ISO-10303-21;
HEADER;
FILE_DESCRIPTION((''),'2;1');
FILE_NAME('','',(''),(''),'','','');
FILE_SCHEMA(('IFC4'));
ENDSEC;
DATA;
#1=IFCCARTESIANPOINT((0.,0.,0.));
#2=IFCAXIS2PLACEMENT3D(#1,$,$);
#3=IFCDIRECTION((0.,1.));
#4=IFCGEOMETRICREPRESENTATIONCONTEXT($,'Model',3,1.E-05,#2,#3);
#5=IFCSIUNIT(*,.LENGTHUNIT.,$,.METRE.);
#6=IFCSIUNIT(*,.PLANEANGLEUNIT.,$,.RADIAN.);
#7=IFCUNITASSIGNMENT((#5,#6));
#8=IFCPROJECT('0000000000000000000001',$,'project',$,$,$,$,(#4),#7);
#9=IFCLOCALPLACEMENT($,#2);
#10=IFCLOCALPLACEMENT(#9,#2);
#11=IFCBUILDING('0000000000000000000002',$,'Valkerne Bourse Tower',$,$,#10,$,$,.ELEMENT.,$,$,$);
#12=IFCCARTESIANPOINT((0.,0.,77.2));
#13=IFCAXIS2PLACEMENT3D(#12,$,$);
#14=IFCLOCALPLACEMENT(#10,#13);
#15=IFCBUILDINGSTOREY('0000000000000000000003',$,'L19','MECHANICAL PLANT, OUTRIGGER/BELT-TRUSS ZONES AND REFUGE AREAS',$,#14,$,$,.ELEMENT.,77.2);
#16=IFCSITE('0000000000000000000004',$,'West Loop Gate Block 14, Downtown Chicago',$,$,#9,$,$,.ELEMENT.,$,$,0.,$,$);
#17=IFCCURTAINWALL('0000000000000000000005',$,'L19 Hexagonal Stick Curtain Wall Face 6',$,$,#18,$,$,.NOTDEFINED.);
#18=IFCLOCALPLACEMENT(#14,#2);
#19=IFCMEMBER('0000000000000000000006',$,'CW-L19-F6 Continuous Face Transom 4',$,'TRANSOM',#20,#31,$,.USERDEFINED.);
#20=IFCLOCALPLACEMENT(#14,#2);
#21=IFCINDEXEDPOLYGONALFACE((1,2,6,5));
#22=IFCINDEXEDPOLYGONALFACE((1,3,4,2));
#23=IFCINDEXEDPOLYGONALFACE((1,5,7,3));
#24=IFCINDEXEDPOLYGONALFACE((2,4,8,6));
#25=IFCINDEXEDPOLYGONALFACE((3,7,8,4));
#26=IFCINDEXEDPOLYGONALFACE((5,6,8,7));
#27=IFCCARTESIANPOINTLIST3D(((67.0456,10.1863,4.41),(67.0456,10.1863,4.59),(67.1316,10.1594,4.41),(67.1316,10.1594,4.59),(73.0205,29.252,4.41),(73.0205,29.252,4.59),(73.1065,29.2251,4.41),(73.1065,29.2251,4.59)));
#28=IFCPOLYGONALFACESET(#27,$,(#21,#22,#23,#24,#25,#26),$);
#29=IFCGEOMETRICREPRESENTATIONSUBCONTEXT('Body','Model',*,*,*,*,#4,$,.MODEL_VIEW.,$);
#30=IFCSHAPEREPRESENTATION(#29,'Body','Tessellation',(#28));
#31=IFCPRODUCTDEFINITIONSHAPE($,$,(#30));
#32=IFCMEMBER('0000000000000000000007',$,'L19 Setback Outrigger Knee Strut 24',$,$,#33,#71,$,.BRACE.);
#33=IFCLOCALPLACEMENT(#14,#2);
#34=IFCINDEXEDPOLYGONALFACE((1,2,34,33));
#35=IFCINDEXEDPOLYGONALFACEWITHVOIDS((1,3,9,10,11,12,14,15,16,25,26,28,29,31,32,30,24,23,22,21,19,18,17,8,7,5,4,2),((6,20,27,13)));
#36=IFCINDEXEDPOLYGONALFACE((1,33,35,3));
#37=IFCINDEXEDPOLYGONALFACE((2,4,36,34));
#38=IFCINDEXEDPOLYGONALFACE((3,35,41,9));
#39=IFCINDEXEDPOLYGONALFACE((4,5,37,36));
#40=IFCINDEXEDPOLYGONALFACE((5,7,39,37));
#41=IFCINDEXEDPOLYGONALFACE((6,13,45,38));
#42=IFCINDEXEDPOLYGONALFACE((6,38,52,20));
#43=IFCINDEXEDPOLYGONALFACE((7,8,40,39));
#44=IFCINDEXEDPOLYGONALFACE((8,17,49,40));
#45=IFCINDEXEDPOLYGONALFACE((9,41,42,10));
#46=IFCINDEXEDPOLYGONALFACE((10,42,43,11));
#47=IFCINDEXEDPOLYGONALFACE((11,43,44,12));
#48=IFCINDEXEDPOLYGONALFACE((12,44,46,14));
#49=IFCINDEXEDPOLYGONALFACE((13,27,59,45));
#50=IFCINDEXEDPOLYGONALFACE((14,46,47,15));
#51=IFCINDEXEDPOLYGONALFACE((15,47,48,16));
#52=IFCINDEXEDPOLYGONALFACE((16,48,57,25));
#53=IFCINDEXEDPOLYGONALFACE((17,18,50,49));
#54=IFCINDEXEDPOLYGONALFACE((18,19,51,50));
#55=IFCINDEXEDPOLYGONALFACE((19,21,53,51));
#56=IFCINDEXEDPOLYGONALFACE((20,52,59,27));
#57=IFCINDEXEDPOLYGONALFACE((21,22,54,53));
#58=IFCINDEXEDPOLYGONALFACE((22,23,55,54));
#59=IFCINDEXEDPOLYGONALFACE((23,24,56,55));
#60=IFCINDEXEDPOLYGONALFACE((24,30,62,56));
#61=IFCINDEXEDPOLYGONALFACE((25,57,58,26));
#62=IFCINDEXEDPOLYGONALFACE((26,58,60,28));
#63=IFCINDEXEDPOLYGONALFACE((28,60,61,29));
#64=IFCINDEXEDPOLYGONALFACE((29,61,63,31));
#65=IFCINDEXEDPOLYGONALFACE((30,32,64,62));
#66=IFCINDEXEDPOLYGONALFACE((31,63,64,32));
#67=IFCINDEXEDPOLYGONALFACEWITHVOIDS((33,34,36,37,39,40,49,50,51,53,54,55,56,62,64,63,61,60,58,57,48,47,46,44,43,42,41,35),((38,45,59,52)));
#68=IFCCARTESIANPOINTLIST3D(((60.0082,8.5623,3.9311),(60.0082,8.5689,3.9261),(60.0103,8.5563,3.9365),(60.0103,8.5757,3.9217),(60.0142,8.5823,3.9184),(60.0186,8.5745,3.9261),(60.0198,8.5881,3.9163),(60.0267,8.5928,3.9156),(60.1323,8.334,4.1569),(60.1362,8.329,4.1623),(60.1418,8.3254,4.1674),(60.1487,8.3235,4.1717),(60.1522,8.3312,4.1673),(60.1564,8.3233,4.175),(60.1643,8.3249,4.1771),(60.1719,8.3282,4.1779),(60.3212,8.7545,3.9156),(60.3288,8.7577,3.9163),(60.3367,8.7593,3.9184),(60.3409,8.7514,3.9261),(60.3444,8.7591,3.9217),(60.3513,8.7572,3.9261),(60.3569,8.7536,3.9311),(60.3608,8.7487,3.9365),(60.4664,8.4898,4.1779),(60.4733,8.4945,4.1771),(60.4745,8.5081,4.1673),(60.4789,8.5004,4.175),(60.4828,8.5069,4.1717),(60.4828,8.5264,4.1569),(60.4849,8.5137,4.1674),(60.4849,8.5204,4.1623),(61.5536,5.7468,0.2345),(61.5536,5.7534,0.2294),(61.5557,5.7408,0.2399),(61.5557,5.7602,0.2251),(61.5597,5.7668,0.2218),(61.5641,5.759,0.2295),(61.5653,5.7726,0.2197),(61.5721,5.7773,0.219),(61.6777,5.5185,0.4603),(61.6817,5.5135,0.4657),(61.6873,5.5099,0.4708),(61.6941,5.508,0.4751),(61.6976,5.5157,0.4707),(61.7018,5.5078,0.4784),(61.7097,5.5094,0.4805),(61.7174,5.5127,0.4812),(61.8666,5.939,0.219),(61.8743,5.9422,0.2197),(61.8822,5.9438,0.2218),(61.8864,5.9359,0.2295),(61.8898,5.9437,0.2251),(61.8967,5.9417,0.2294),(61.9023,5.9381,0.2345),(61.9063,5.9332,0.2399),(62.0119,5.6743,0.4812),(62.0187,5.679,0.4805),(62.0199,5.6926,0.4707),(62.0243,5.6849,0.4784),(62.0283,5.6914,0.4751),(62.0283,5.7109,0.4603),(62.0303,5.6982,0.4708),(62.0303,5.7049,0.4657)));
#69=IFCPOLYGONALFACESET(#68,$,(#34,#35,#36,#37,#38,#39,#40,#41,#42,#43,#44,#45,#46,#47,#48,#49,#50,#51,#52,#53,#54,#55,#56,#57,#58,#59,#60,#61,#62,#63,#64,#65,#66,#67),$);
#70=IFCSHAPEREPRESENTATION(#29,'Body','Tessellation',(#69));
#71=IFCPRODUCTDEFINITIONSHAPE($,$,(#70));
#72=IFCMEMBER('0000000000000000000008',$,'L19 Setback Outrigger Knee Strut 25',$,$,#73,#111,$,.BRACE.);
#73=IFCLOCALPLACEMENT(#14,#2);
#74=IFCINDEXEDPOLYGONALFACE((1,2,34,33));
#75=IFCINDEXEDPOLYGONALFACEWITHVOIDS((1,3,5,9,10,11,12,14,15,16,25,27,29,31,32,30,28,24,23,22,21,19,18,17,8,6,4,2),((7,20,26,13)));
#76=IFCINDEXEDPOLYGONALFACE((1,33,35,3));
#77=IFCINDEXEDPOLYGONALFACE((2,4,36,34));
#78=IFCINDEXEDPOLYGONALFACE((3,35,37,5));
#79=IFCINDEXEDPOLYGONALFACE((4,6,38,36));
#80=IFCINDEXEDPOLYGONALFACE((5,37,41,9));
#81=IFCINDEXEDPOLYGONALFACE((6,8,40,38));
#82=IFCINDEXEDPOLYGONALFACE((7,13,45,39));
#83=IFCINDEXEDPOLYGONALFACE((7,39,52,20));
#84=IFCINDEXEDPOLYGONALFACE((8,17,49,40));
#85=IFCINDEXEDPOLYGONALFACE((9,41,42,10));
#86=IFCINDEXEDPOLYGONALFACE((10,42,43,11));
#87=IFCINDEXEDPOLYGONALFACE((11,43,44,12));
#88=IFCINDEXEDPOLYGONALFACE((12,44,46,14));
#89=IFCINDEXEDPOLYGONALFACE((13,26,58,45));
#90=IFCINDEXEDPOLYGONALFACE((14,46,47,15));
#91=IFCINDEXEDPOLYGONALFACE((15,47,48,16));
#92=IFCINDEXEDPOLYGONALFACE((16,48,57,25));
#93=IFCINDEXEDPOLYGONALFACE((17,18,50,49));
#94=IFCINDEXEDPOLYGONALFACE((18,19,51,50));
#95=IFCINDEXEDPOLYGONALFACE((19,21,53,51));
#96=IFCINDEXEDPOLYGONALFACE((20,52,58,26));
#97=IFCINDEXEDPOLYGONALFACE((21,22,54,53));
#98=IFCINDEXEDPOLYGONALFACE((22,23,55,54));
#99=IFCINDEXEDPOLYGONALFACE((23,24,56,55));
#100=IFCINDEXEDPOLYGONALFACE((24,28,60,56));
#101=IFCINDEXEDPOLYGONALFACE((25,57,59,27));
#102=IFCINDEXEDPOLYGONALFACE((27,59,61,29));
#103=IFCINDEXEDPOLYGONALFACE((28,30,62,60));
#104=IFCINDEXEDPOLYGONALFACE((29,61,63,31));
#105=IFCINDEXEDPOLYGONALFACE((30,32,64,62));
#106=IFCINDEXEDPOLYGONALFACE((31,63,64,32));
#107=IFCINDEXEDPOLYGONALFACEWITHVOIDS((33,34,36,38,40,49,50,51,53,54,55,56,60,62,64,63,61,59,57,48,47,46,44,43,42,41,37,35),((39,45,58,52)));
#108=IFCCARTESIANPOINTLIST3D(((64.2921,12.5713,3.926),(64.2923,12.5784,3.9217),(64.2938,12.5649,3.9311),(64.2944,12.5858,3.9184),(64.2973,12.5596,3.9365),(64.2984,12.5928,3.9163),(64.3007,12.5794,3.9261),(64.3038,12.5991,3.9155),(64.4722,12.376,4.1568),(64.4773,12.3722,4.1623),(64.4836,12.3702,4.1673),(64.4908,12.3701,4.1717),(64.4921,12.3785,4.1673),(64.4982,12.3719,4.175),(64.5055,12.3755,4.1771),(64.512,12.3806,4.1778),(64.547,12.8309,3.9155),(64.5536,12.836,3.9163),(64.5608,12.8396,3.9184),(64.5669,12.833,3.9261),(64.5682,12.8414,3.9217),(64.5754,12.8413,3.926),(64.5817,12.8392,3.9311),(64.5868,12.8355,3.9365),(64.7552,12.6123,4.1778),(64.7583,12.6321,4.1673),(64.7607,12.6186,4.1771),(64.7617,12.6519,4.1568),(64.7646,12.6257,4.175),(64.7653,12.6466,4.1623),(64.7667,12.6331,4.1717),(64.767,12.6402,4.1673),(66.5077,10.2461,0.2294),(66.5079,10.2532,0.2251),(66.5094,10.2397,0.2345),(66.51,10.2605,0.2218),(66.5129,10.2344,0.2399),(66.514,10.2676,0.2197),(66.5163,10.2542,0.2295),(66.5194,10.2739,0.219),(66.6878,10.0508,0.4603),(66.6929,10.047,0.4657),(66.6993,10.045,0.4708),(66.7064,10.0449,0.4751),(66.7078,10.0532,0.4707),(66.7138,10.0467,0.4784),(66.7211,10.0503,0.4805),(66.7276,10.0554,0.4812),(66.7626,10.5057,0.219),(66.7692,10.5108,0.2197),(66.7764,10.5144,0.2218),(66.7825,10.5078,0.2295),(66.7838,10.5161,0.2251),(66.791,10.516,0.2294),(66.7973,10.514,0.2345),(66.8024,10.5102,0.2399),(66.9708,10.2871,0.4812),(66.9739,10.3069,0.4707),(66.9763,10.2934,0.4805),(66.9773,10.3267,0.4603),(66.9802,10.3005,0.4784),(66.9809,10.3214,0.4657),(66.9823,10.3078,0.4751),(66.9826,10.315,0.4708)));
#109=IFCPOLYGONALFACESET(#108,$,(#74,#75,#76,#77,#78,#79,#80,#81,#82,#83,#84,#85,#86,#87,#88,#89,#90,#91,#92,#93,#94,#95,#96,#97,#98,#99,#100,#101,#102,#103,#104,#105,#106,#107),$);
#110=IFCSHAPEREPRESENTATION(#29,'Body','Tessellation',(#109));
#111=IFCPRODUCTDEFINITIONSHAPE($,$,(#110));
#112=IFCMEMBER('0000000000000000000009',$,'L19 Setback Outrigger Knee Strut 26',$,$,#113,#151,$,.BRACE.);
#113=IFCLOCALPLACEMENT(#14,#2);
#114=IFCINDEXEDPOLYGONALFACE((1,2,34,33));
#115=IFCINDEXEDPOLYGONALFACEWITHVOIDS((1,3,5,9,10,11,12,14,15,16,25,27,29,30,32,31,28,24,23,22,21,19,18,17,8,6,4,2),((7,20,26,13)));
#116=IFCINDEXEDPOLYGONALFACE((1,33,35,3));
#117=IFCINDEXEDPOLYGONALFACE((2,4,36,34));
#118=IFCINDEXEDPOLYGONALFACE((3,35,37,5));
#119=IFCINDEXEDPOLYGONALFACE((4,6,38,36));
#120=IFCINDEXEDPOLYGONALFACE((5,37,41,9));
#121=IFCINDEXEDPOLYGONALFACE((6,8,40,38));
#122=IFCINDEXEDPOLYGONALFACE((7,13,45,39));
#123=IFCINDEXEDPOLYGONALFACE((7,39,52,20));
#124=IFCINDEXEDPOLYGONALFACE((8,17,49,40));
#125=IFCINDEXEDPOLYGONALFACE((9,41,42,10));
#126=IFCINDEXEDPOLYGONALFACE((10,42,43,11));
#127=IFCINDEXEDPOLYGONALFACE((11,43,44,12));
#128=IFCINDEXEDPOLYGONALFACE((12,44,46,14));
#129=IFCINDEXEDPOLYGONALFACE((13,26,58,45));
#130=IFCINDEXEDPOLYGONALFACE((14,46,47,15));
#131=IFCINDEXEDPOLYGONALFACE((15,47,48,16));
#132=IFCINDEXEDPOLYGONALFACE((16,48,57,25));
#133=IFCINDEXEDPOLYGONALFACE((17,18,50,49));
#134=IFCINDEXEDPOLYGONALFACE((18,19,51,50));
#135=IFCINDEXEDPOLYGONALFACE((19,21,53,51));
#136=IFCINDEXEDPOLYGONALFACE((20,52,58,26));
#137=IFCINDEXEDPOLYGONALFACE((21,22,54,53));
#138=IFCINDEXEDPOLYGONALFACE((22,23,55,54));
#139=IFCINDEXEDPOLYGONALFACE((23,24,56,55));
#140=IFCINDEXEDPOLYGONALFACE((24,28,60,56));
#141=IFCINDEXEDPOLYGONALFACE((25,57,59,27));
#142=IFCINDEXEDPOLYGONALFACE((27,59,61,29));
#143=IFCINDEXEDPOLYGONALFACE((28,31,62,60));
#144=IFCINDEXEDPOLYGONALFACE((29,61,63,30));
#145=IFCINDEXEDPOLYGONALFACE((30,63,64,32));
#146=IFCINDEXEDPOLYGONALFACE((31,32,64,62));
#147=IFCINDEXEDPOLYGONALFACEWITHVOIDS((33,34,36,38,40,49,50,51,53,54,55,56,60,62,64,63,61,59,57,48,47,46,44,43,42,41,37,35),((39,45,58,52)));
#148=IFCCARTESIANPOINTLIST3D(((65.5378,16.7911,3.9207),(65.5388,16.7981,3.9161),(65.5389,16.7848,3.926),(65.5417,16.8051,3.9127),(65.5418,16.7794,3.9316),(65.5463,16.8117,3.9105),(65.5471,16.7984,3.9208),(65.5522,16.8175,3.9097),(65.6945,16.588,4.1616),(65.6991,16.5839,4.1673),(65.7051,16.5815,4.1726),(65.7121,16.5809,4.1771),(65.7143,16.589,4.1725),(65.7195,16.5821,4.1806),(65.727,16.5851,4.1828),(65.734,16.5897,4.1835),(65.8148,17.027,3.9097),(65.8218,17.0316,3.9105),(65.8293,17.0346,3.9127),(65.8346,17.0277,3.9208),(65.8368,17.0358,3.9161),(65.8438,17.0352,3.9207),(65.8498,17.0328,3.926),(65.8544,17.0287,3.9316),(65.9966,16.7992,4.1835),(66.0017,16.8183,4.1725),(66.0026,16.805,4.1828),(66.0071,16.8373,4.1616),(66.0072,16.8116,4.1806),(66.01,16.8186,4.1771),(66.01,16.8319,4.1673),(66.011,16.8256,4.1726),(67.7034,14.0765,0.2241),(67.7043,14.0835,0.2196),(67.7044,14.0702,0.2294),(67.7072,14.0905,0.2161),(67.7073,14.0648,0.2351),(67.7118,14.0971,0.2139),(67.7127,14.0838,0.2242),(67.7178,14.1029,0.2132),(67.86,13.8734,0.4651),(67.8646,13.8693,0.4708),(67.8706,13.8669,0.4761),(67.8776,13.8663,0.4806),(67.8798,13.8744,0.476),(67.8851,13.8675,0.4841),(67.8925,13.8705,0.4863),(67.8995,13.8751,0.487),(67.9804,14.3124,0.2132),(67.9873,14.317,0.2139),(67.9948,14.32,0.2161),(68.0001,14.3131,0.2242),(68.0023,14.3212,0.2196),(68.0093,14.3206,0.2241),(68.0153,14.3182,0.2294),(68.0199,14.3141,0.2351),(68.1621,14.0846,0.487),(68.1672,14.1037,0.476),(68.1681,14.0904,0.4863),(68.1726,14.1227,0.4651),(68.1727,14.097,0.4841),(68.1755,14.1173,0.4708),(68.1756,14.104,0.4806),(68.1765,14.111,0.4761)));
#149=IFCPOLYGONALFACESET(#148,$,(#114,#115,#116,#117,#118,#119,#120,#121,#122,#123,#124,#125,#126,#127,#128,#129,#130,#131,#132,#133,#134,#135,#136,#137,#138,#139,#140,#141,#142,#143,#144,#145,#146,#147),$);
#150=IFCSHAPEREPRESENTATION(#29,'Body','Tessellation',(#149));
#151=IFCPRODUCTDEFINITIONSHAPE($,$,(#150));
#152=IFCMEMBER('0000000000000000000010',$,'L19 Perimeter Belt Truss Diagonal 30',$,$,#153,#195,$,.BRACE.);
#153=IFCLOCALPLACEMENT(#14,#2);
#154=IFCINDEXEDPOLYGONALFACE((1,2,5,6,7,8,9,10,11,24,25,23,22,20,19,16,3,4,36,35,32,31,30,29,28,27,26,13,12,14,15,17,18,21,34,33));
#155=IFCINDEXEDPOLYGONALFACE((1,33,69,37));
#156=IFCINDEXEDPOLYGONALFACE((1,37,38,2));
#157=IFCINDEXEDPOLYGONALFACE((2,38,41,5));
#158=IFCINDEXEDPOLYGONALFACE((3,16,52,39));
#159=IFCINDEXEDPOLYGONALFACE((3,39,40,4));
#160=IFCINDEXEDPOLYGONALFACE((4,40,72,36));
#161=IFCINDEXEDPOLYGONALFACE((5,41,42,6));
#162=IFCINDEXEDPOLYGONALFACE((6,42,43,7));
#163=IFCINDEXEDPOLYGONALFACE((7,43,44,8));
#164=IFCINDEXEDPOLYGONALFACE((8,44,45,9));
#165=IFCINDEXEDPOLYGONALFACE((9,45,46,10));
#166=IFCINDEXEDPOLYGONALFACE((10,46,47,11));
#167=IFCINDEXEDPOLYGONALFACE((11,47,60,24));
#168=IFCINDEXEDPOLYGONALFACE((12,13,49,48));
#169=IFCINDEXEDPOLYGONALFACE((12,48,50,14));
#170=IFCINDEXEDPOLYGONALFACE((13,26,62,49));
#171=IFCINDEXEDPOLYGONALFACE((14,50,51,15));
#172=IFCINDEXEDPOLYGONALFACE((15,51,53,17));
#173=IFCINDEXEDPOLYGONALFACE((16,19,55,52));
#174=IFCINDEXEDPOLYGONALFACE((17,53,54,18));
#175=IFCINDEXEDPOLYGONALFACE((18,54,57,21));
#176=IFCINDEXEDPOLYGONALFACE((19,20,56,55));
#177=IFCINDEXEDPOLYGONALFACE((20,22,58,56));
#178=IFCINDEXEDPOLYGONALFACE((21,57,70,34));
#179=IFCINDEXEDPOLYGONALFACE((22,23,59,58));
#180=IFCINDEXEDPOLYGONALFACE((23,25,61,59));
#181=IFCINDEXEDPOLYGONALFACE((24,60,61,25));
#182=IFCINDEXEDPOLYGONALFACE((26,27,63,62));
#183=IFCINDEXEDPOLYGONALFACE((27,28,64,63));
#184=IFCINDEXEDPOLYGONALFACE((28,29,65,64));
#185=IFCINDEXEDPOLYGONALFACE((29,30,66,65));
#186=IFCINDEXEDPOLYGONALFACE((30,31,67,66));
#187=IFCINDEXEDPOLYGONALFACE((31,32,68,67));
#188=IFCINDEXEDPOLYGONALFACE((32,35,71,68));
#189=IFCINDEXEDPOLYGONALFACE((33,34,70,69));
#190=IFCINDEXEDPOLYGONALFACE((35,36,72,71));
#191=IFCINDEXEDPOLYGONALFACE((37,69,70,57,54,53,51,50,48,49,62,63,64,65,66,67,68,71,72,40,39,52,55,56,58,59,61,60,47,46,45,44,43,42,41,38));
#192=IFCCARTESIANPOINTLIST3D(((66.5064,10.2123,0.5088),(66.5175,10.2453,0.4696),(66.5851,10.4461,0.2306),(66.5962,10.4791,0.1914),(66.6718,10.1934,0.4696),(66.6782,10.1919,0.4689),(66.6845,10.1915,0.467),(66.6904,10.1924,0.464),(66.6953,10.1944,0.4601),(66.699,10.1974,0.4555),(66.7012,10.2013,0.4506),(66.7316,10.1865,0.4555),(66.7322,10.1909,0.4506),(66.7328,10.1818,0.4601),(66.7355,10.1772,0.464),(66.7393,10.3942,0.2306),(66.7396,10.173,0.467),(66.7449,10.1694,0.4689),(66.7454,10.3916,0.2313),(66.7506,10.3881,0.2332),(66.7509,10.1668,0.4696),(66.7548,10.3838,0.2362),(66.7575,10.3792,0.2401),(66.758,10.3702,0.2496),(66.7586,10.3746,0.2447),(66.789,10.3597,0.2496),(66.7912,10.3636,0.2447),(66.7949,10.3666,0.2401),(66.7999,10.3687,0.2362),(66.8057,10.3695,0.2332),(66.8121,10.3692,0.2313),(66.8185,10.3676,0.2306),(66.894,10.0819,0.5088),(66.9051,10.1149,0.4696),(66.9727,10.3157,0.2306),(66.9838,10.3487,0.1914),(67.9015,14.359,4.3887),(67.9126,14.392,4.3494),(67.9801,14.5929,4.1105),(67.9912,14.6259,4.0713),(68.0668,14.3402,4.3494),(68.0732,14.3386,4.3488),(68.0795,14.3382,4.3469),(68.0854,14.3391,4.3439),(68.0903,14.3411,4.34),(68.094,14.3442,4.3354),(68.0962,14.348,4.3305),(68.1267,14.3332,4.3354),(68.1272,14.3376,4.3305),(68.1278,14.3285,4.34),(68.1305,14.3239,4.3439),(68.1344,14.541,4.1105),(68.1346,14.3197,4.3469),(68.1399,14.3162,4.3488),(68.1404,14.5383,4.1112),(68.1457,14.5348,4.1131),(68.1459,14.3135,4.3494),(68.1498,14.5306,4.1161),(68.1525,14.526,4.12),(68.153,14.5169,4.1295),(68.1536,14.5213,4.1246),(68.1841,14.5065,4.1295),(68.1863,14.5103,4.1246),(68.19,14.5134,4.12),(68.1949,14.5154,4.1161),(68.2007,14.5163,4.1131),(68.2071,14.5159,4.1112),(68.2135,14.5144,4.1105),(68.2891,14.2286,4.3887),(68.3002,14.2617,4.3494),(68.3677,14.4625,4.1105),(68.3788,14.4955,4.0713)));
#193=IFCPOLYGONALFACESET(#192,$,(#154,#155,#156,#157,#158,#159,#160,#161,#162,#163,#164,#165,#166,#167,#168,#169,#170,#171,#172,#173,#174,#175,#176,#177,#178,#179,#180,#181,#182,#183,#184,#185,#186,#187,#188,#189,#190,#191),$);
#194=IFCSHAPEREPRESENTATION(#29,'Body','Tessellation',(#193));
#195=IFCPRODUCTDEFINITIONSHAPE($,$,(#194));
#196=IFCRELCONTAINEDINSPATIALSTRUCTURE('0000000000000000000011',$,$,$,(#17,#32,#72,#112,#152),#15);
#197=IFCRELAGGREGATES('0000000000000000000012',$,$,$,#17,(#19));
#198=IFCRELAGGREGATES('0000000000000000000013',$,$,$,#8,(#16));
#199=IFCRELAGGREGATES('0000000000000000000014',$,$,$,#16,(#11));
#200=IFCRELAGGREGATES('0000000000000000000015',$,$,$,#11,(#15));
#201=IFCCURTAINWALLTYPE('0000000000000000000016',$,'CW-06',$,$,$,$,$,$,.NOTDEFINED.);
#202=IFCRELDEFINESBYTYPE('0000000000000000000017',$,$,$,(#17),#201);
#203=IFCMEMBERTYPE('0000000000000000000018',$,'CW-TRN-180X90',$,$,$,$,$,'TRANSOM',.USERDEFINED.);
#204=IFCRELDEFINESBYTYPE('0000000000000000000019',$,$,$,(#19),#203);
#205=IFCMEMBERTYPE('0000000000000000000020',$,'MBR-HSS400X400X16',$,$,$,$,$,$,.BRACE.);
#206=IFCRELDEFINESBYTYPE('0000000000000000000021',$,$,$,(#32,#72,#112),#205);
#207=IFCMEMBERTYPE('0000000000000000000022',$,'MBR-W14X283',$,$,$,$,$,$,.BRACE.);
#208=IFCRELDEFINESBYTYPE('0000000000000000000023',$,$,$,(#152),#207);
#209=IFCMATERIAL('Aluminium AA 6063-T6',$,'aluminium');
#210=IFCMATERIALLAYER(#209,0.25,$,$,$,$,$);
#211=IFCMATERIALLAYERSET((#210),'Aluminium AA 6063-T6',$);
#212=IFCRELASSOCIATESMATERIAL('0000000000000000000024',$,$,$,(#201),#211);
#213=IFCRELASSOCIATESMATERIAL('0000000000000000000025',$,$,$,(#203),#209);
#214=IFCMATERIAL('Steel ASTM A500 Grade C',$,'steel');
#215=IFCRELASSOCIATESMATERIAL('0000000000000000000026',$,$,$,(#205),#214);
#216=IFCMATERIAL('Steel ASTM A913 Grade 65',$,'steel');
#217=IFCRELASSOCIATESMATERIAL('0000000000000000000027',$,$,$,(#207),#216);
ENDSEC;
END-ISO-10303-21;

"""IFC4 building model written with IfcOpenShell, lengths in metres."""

from ifc_helpers import new_model, si_unit, direction, frame, origin, origin_2d, place, context, subcontext, project, spatial, rectangle, hollow_rectangle, i_section, extrude, material, layer, layer_set, material_profile, profile_set, type_object, element, aggregate, save


model = new_model("IFC4")

# Units and contexts
model_context = context("Model", 3, precision=1e-05, world=origin(), true_north=direction((0.0, 1.0)))
body_context = subcontext(model_context, "Body", "Model", "MODEL_VIEW")
ifc_project = project(units=[si_unit("LENGTHUNIT", "METRE"), si_unit("PLANEANGLEUNIT", "RADIAN")], contexts=[model_context])

# Site, building, storey
site_placement = place(None, origin())
site = spatial("IfcSite", under=ifc_project, at=site_placement, Name="West Loop Gate Block 14, Downtown Chicago", CompositionType="ELEMENT", RefElevation=0.0)
building_placement = place(site_placement, origin())
building = spatial("IfcBuilding", under=site, at=building_placement, Name="Valkerne Bourse Tower", CompositionType="ELEMENT")
storey_placement = place(building_placement, frame((0.0, 0.0, 77.2)))
storey = spatial("IfcBuildingStorey", under=building, at=storey_placement, Name="L19", Description="MECHANICAL PLANT, OUTRIGGER/BELT-TRUSS ZONES AND REFUGE AREAS", CompositionType="ELEMENT", Elevation=77.2)

# Shared definitions
ifc_material_1 = material(Name="Steel ASTM A913 Grade 65", Category="steel")

# Curtain wall, member
ifc_material_2 = material(Name="Aluminium AA 6063-T6", Category="aluminium")
ifc_layer_1 = layer(ifc_material_2, 0.25)
ifc_layer_set_1 = layer_set([ifc_layer_1], Name="Aluminium AA 6063-T6")
curtain_wall_type = type_object("IfcCurtainWallType", Name="CW-06", PredefinedType="NOTDEFINED", material=ifc_layer_set_1)
curtain_wall_1_placement = place(storey_placement, origin())
curtain_wall_1 = element("IfcCurtainWall", 1, at=curtain_wall_1_placement, inside=storey, type_object=curtain_wall_type, Name="L19 Hexagonal Stick Curtain Wall Face 6", PredefinedType="NOTDEFINED")
ifc_material_profile_1 = material_profile(ifc_material_2, rectangle(XDim=0.0901, YDim=0.1799, at=origin_2d()), Name="CWT-90X180")
ifc_profile_set_1 = profile_set([ifc_material_profile_1], Name="Aluminium AA 6063-T6")
member_type_1 = type_object("IfcMemberType", Name="CW-TRN-180X90", ElementType="TRANSOM", PredefinedType="USERDEFINED", material=ifc_profile_set_1)
member_1_placement = place(storey_placement, frame((67.0886, 10.1729, 4.5), z_axis=(0.299042, 0.95424, 0.0), x_axis=(-0.95424, 0.299042, 0.0)))
member_1 = element("IfcMember", 2, at=member_1_placement, type_object=member_type_1, Name="CW-L19-F6 Continuous Face Transom 4", ObjectType="TRANSOM", PredefinedType="USERDEFINED", context=body_context, shape_type="SweptSolid", body=[
    extrude(rectangle(XDim=0.0901, YDim=0.1799, at=origin_2d()), origin(), (0.0, 0.0, 1.0), 19.98),
])

# Members
ifc_material_3 = material(Name="Steel ASTM A500 Grade C", Category="steel")
ifc_material_profile_2 = material_profile(ifc_material_3, hollow_rectangle(XDim=0.3999, YDim=0.3999, WallThickness=0.0161, OuterFilletRadius=0.032, at=origin_2d()), Name="HSS400X400X16")
ifc_profile_set_2 = profile_set([ifc_material_profile_2], Name="Steel ASTM A500 Grade C")
member_type_2 = type_object("IfcMemberType", Name="MBR-HSS400X400X16", PredefinedType="BRACE", material=ifc_profile_set_2)
for number, where, z_axis, x_axis, name in (
    (3, (61.792, 5.7258, 0.3501), (-0.315592, 0.574945, 0.754877), (-0.87662, -0.481183, 0.0), "L19 Setback Outrigger Knee Strut 24"),
    (4, (66.7451, 10.2805, 0.3501), (-0.452444, 0.47483, 0.754871), (-0.723966, -0.689835, 0.0), "L19 Setback Outrigger Knee Strut 25"),
):
    element("IfcMember", number, at=place(storey_placement, frame(where, z_axis=z_axis, x_axis=x_axis)), inside=storey, type_object=member_type_2, Name=name, PredefinedType="BRACE", context=body_context, shape_type="SweptSolid", body=[
        extrude(hollow_rectangle(XDim=0.3999, YDim=0.3999, WallThickness=0.0161, OuterFilletRadius=0.032, at=origin_2d()), origin(), (0.0, 0.0, 1.0), 4.897),
    ])
member_2_placement = place(storey_placement, frame((67.9399, 14.0938, 0.3501), z_axis=(-0.426976, 0.535236, 0.728844), x_axis=(-0.781732, -0.623614, 0.0)))
element("IfcMember", 5, at=member_2_placement, inside=storey, type_object=member_type_2, Name="L19 Setback Outrigger Knee Strut 26", PredefinedType="BRACE", context=body_context, shape_type="SweptSolid", body=[
    extrude(hollow_rectangle(XDim=0.3999, YDim=0.3999, WallThickness=0.0161, OuterFilletRadius=0.032, at=origin_2d()), origin(), (0.0, 0.0, 1.0), 5.0718),
])
ifc_material_profile_3 = material_profile(ifc_material_1, i_section(OverallWidth=0.4089, OverallDepth=0.4243, WebThickness=0.0327, FlangeThickness=0.0525, FilletRadius=0.0254, at=origin_2d()), Name="W14X283")
ifc_profile_set_3 = profile_set([ifc_material_profile_3], Name="Steel ASTM A913 Grade 65")
member_type_3 = type_object("IfcMemberType", Name="MBR-W14X283", PredefinedType="BRACE", material=ifc_profile_set_3)
member_3_placement = place(storey_placement, frame((66.7451, 10.2805, 0.3501), z_axis=(0.238561, 0.709128, 0.663495), x_axis=(-0.947804, 0.318855, 0.0)))
element("IfcMember", 6, at=member_3_placement, inside=storey, type_object=member_type_3, Name="L19 Perimeter Belt Truss Diagonal 30", PredefinedType="BRACE", context=body_context, shape_type="SweptSolid", body=[
    extrude(i_section(OverallWidth=0.4089, OverallDepth=0.4243, WebThickness=0.0327, FlangeThickness=0.0525, FilletRadius=0.0254, at=origin_2d()), origin(), (0.0, 0.0, 1.0), 5.8477),
])

aggregate(curtain_wall_1, [member_1])

save(model, "model.ifc")
